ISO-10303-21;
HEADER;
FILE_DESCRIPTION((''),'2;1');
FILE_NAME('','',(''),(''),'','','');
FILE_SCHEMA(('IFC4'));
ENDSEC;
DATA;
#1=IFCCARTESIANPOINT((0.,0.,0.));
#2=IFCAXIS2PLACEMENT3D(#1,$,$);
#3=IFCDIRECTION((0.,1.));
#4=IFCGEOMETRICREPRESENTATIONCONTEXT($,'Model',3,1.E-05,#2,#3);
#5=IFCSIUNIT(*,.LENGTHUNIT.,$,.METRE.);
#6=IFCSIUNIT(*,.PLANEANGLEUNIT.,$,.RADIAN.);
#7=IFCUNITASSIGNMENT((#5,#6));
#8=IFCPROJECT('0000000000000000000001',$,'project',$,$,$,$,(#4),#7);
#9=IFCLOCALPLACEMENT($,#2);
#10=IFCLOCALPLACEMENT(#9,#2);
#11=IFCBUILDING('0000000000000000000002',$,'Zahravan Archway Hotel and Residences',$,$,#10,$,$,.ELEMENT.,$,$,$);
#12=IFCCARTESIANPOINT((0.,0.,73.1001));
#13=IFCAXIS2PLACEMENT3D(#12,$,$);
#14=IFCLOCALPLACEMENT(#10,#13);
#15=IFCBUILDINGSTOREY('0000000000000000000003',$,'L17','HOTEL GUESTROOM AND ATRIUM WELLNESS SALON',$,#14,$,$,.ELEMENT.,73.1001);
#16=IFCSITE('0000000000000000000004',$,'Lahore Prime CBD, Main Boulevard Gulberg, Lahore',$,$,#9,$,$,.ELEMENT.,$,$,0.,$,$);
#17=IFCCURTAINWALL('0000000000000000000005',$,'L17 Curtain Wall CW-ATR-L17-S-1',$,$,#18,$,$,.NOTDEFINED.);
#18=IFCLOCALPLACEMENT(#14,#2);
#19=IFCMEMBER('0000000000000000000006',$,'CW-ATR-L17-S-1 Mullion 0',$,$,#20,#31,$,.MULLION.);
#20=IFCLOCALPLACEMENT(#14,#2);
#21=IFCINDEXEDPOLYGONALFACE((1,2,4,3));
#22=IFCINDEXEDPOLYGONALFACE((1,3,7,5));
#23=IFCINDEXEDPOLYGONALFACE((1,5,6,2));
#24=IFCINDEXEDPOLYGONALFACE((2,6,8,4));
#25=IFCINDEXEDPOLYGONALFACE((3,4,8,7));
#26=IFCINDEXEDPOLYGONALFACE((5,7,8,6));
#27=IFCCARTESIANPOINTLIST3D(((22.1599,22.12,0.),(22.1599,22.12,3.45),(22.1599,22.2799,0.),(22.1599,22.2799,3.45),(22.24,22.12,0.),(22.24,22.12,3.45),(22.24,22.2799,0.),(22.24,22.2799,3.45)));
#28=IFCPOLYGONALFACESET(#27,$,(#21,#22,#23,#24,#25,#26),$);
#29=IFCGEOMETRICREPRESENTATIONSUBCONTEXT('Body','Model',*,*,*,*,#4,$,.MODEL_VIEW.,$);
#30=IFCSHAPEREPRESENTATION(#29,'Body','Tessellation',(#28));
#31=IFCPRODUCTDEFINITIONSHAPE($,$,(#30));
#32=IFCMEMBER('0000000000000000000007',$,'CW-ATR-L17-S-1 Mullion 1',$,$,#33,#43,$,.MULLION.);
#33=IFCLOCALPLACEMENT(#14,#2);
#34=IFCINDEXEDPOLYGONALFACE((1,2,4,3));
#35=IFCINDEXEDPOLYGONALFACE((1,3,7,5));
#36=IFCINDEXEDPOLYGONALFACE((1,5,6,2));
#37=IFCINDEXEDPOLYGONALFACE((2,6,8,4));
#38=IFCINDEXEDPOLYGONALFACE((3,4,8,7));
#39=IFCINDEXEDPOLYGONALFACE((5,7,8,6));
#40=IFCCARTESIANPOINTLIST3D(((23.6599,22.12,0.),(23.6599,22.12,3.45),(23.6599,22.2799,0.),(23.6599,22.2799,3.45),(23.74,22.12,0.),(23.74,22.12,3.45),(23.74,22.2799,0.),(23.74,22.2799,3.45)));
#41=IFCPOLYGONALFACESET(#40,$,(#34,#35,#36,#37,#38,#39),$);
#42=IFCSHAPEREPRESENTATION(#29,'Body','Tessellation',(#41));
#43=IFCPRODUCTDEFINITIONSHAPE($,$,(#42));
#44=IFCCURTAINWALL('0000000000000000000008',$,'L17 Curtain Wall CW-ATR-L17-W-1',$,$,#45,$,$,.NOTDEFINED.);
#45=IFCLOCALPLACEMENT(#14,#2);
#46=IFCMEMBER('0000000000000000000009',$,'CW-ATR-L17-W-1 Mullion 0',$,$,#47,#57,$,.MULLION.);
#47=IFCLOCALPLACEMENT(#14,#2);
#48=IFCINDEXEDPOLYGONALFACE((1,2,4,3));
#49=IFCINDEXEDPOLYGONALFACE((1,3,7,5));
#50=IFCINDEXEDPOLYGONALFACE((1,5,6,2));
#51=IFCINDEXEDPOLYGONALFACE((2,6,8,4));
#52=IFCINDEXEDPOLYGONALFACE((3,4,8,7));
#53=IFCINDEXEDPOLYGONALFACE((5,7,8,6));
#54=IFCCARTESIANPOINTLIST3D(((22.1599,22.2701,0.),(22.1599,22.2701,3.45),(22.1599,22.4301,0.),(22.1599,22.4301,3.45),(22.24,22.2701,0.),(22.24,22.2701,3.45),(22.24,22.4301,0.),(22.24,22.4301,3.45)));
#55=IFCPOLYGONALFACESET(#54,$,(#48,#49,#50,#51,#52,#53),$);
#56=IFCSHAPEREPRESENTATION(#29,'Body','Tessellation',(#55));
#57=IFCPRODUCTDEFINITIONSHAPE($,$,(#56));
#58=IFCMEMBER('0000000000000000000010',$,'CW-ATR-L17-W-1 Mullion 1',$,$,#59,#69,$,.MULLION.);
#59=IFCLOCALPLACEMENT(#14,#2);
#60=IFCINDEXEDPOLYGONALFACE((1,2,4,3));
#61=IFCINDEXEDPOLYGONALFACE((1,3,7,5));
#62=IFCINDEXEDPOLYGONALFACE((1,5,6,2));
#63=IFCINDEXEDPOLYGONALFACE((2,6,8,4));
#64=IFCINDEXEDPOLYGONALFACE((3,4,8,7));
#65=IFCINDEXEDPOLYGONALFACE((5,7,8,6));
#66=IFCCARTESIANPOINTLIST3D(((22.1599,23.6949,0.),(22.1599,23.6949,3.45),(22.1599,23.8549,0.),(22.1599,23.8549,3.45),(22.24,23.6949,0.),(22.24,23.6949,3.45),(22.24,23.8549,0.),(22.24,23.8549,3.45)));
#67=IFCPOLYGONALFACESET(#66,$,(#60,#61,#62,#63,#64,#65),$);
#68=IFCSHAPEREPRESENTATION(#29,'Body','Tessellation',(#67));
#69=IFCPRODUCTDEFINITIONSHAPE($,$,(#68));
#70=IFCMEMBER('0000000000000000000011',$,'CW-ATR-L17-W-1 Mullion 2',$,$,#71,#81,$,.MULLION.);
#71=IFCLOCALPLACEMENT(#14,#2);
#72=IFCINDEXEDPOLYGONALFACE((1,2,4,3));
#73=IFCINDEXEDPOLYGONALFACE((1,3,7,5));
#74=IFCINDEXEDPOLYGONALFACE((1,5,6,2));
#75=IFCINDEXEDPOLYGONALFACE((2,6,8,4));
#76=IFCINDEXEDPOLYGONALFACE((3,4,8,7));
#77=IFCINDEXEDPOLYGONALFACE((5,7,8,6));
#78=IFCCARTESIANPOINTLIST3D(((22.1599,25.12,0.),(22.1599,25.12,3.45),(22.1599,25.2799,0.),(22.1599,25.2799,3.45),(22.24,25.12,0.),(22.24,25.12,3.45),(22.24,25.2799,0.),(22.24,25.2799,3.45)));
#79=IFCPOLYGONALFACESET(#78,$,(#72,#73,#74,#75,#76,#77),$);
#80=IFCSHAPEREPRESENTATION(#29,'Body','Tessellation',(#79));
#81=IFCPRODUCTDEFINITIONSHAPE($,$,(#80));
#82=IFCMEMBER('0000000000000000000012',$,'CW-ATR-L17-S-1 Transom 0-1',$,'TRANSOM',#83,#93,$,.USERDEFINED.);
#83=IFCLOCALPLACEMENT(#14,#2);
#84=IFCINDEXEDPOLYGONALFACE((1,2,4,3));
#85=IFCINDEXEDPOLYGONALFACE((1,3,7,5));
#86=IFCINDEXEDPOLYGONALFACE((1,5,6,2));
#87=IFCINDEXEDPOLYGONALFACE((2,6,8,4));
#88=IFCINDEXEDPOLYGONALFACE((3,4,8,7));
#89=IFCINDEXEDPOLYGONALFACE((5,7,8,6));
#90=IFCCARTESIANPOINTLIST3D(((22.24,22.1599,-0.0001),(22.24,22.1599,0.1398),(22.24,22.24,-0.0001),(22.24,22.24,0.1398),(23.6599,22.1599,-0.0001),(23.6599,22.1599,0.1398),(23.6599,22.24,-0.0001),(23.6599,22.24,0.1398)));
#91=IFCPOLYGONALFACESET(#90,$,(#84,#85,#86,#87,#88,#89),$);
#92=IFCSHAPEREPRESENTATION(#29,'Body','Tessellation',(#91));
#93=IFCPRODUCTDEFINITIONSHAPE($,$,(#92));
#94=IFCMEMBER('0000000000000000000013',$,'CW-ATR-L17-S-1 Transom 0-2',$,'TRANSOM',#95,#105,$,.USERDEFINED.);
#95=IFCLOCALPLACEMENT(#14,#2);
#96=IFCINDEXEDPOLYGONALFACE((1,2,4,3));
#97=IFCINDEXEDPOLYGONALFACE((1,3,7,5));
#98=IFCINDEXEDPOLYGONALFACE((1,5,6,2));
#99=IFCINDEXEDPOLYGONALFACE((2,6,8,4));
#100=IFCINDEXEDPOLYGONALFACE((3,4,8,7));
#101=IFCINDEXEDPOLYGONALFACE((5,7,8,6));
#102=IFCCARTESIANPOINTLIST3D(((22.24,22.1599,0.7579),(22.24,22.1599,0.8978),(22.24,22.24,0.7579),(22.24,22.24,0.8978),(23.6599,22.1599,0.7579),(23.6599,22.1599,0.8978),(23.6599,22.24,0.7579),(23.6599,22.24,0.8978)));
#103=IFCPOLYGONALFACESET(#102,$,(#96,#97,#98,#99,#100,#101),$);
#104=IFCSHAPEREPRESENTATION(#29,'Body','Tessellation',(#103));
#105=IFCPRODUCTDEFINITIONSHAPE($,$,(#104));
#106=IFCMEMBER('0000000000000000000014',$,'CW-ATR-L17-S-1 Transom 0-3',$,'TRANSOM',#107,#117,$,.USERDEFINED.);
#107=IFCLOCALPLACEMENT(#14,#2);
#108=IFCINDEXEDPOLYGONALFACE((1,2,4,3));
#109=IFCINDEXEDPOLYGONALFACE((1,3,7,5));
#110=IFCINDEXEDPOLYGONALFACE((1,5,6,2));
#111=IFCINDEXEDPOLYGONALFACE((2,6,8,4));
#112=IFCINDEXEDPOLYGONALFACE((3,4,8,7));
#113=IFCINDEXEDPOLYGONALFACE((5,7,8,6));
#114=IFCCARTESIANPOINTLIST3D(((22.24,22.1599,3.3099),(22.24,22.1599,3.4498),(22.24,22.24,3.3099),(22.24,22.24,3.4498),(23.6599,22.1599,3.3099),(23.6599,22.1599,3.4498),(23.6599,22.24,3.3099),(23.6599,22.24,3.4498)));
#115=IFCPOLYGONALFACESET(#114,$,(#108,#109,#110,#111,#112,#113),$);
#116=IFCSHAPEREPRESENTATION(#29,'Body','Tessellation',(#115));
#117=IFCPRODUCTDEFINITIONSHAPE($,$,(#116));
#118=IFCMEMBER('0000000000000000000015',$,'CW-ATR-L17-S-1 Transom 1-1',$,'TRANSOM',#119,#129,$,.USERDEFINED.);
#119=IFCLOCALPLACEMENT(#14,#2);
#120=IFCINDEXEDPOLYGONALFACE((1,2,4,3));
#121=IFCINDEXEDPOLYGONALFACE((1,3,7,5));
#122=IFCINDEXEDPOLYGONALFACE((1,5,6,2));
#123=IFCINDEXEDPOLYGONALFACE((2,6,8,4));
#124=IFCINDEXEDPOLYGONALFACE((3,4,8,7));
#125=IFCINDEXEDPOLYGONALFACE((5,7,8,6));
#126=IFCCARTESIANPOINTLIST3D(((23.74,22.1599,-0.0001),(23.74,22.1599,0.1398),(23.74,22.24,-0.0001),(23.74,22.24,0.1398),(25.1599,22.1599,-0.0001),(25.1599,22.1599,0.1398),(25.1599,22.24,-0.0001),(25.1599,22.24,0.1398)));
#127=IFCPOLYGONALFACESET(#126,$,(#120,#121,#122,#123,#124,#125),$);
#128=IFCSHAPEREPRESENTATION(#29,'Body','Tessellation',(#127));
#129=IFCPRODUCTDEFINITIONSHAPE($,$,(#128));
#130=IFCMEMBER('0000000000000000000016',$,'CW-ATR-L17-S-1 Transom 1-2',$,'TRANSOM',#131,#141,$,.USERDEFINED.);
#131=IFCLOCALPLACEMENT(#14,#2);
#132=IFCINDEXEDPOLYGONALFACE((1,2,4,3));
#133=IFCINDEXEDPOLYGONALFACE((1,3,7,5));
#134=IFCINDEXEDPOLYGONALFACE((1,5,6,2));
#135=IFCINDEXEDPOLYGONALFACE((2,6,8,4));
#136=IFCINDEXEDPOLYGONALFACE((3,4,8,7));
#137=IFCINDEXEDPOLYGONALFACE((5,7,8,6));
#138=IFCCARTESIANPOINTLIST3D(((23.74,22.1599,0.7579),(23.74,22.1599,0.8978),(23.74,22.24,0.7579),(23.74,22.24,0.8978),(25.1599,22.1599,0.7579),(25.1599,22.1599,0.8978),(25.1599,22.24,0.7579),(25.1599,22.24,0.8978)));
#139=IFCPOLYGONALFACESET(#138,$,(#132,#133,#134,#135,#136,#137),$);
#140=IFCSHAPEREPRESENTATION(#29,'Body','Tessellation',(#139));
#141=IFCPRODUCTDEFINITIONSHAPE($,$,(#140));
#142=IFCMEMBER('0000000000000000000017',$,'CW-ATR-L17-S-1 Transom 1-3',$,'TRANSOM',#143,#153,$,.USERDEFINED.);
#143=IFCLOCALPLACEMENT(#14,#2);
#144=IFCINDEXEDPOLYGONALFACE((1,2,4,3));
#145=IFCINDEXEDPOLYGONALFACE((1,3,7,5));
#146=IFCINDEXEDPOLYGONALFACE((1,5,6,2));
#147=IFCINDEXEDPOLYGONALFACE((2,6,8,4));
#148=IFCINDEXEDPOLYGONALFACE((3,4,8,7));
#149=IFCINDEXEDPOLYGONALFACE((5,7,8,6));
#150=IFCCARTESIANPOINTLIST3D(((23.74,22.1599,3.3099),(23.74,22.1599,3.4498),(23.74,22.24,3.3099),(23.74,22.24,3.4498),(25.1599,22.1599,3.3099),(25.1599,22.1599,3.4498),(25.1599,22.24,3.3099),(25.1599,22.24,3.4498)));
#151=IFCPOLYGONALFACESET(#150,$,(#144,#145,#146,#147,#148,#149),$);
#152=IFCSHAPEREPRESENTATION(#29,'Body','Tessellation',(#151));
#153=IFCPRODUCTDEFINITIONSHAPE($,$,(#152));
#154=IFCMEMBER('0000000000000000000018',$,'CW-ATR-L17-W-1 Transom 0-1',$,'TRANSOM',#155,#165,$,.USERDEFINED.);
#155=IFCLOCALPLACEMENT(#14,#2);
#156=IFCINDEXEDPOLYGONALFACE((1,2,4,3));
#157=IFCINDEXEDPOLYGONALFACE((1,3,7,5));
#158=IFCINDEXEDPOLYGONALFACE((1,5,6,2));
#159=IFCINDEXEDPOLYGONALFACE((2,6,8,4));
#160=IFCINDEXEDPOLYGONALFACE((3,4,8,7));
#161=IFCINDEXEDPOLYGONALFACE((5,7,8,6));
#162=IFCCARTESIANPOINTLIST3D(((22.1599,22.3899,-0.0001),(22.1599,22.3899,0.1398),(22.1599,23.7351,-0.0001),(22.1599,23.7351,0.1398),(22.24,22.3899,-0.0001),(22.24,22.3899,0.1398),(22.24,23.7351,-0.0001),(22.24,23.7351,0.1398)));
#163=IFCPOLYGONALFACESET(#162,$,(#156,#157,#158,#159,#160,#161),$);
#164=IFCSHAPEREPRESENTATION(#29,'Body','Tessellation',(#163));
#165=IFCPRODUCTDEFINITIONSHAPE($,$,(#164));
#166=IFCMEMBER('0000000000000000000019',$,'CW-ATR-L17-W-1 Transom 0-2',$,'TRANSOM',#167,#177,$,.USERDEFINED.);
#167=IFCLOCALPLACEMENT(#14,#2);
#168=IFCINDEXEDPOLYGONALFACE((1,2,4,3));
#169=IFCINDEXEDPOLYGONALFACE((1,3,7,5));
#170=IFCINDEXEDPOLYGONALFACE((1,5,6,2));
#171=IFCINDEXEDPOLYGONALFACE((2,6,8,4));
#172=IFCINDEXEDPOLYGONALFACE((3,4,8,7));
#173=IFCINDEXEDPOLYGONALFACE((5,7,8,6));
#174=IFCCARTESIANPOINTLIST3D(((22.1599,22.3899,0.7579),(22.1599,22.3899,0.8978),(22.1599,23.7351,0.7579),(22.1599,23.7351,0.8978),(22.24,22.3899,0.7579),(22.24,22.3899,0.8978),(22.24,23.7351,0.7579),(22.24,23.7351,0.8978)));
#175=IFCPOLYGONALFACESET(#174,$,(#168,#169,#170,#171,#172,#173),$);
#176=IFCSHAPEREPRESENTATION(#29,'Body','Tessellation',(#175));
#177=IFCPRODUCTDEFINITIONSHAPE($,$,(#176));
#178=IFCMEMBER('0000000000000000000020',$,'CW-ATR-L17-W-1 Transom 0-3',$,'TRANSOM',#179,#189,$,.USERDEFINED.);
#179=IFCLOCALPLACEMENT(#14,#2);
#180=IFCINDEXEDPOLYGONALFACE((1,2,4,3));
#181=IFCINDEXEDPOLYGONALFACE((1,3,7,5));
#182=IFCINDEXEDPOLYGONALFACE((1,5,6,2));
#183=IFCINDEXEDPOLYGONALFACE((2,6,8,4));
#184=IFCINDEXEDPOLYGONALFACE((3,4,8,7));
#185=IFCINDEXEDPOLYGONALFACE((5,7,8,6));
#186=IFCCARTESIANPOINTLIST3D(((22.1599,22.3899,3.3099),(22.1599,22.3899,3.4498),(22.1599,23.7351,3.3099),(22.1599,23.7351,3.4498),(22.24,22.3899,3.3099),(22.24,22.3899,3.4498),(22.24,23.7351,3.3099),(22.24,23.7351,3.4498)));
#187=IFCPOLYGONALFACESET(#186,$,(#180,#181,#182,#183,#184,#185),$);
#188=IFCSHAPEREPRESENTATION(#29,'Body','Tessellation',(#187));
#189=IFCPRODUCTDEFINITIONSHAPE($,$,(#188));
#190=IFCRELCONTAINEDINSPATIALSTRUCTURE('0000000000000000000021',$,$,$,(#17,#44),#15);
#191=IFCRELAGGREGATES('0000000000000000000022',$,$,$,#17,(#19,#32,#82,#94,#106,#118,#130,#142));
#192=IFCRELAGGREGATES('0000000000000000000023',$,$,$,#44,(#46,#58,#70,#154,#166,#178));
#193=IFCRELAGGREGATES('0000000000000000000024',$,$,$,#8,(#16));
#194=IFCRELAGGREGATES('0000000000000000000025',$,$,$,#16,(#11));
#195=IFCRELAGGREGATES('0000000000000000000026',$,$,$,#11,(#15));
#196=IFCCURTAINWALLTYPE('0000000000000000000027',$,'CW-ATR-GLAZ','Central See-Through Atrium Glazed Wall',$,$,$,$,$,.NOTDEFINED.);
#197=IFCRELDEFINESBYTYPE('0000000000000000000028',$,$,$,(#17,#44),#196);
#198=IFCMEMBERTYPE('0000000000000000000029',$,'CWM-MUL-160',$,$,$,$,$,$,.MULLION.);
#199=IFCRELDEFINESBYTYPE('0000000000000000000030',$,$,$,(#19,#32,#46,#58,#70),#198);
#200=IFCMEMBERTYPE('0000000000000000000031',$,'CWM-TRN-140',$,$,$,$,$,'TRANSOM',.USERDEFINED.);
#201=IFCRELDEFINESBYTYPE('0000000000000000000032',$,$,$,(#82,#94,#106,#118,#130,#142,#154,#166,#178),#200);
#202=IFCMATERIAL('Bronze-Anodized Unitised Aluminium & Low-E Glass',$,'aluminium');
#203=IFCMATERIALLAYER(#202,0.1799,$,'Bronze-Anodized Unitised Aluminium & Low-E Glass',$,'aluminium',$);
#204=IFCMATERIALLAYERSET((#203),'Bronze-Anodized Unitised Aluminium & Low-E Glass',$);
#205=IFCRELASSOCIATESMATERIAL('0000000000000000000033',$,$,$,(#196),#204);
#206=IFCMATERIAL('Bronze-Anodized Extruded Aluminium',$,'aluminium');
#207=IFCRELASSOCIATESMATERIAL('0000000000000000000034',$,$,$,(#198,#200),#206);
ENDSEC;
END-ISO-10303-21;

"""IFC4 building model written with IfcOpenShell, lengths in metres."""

from ifc_helpers import new_model, si_unit, direction, frame, origin, origin_2d, place, context, subcontext, project, spatial, rectangle, extrude, source, transform, mapped, material, layer, layer_set, material_profile, profile_set, type_object, element, aggregate, save


model = new_model("IFC4")

# Units and contexts
model_context = context("Model", 3, precision=1e-05, world=origin(), true_north=direction((0.0, 1.0)))
body_context = subcontext(model_context, "Body", "Model", "MODEL_VIEW")
ifc_project = project(units=[si_unit("LENGTHUNIT", "METRE"), si_unit("PLANEANGLEUNIT", "RADIAN")], contexts=[model_context])

# Site, building, storey
site_placement = place(None, origin())
site = spatial("IfcSite", under=ifc_project, at=site_placement, Name="Lahore Prime CBD, Main Boulevard Gulberg, Lahore", CompositionType="ELEMENT", RefElevation=0.0)
building_placement = place(site_placement, origin())
building = spatial("IfcBuilding", under=site, at=building_placement, Name="Zahravan Archway Hotel and Residences", CompositionType="ELEMENT")
storey_placement = place(building_placement, frame((0.0, 0.0, 73.1001)))
storey = spatial("IfcBuildingStorey", under=building, at=storey_placement, Name="L17", Description="HOTEL GUESTROOM AND ATRIUM WELLNESS SALON", CompositionType="ELEMENT", Elevation=73.1001)

# Curtain walls, members
ifc_material_1 = material(Name="Bronze-Anodized Unitised Aluminium & Low-E Glass", Category="aluminium")
ifc_layer_1 = layer(ifc_material_1, 0.1799, Name="Bronze-Anodized Unitised Aluminium & Low-E Glass", Category="aluminium")
ifc_layer_set_1 = layer_set([ifc_layer_1], Name="Bronze-Anodized Unitised Aluminium & Low-E Glass")
curtain_wall_type = type_object("IfcCurtainWallType", Name="CW-ATR-GLAZ", Description="Central See-Through Atrium Glazed Wall", PredefinedType="NOTDEFINED", material=ifc_layer_set_1)
curtain_wall_1_placement = place(storey_placement, origin())
curtain_wall_1 = element("IfcCurtainWall", 1, at=curtain_wall_1_placement, inside=storey, type_object=curtain_wall_type, Name="L17 Curtain Wall CW-ATR-L17-S-1", PredefinedType="NOTDEFINED")
ifc_material_2 = material(Name="Bronze-Anodized Extruded Aluminium", Category="aluminium")
ifc_material_profile_1 = material_profile(ifc_material_2, rectangle(XDim=0.0801, YDim=0.1599, at=origin_2d()), Name="MUL 80x160", Category="aluminium")
ifc_profile_set_1 = profile_set([ifc_material_profile_1], Name="Bronze-Anodized Extruded Aluminium")
member_type_1 = type_object("IfcMemberType", Name="CWM-MUL-160", PredefinedType="MULLION", material=ifc_profile_set_1)
shared_shape_1 = source(origin(), body_context, "Body", "SweptSolid", [
    extrude(rectangle(XDim=0.0801, YDim=0.1599, at=origin_2d()), origin(), (0.0, 0.0, 1.0), 3.45),
])
member_1_placement = place(storey_placement, frame((22.2, 22.2, 0.0), z_axis=(0.0, 0.0, 1.0), x_axis=(1.0, 0.0, 0.0)))
member_1 = element("IfcMember", 2, at=member_1_placement, type_object=member_type_1, Name="CW-ATR-L17-S-1 Mullion 0", PredefinedType="MULLION", context=body_context, shape_type="MappedRepresentation", body=[
    mapped(shared_shape_1, transform((0.0, 0.0, 0.0), scale=1.0)),
])
member_2_placement = place(storey_placement, frame((23.7, 22.2, 0.0), z_axis=(0.0, 0.0, 1.0), x_axis=(1.0, 0.0, 0.0)))
member_2 = element("IfcMember", 3, at=member_2_placement, type_object=member_type_1, Name="CW-ATR-L17-S-1 Mullion 1", PredefinedType="MULLION", context=body_context, shape_type="MappedRepresentation", body=[
    mapped(shared_shape_1, transform((0.0, 0.0, 0.0), scale=1.0)),
])
curtain_wall_2_placement = place(storey_placement, origin())
curtain_wall_2 = element("IfcCurtainWall", 4, at=curtain_wall_2_placement, inside=storey, type_object=curtain_wall_type, Name="L17 Curtain Wall CW-ATR-L17-W-1", PredefinedType="NOTDEFINED")
member_3_placement = place(storey_placement, frame((22.2, 22.3501, 0.0), z_axis=(0.0, 0.0, 1.0), x_axis=(1.0, 0.0, 0.0)))
member_3 = element("IfcMember", 5, at=member_3_placement, type_object=member_type_1, Name="CW-ATR-L17-W-1 Mullion 0", PredefinedType="MULLION", context=body_context, shape_type="MappedRepresentation", body=[
    mapped(shared_shape_1, transform((0.0, 0.0, 0.0), scale=1.0)),
])
member_4_placement = place(storey_placement, frame((22.2, 23.7749, 0.0), z_axis=(0.0, 0.0, 1.0), x_axis=(1.0, 0.0, 0.0)))
member_4 = element("IfcMember", 6, at=member_4_placement, type_object=member_type_1, Name="CW-ATR-L17-W-1 Mullion 1", PredefinedType="MULLION", context=body_context, shape_type="MappedRepresentation", body=[
    mapped(shared_shape_1, transform((0.0, 0.0, 0.0), scale=1.0)),
])
member_5_placement = place(storey_placement, frame((22.2, 25.2, 0.0), z_axis=(0.0, 0.0, 1.0), x_axis=(1.0, 0.0, 0.0)))
member_5 = element("IfcMember", 7, at=member_5_placement, type_object=member_type_1, Name="CW-ATR-L17-W-1 Mullion 2", PredefinedType="MULLION", context=body_context, shape_type="MappedRepresentation", body=[
    mapped(shared_shape_1, transform((0.0, 0.0, 0.0), scale=1.0)),
])

# Members
ifc_material_profile_2 = material_profile(ifc_material_2, rectangle(XDim=0.0801, YDim=0.1399, at=origin_2d()), Name="TRN 80x140", Category="aluminium")
ifc_profile_set_2 = profile_set([ifc_material_profile_2], Name="Bronze-Anodized Extruded Aluminium")
member_type_2 = type_object("IfcMemberType", Name="CWM-TRN-140", ElementType="TRANSOM", PredefinedType="USERDEFINED", material=ifc_profile_set_2)
shared_shape_2 = source(origin(), body_context, "Body", "SweptSolid", [
    extrude(rectangle(XDim=0.0801, YDim=0.1399, at=origin_2d()), origin(), (0.0, 0.0, 1.0), 1.4199),
])
member_6_placement = place(storey_placement, frame((22.24, 22.2, 0.0698), z_axis=(1.0, 0.0, 0.0), x_axis=(0.0, 1.0, 0.0)))
member_6 = element("IfcMember", 8, at=member_6_placement, type_object=member_type_2, Name="CW-ATR-L17-S-1 Transom 0-1", ObjectType="TRANSOM", PredefinedType="USERDEFINED", context=body_context, shape_type="MappedRepresentation", body=[
    mapped(shared_shape_2, transform((0.0, 0.0, 0.0), scale=1.0)),
])
member_7_placement = place(storey_placement, frame((22.24, 22.2, 0.8279), z_axis=(1.0, 0.0, 0.0), x_axis=(0.0, 1.0, 0.0)))
member_7 = element("IfcMember", 9, at=member_7_placement, type_object=member_type_2, Name="CW-ATR-L17-S-1 Transom 0-2", ObjectType="TRANSOM", PredefinedType="USERDEFINED", context=body_context, shape_type="MappedRepresentation", body=[
    mapped(shared_shape_2, transform((0.0, 0.0, 0.0), scale=1.0)),
])
member_8_placement = place(storey_placement, frame((22.24, 22.2, 3.3799), z_axis=(1.0, 0.0, 0.0), x_axis=(0.0, 1.0, 0.0)))
member_8 = element("IfcMember", 10, at=member_8_placement, type_object=member_type_2, Name="CW-ATR-L17-S-1 Transom 0-3", ObjectType="TRANSOM", PredefinedType="USERDEFINED", context=body_context, shape_type="MappedRepresentation", body=[
    mapped(shared_shape_2, transform((0.0, 0.0, 0.0), scale=1.0)),
])
member_9_placement = place(storey_placement, frame((23.74, 22.2, 0.0698), z_axis=(1.0, 0.0, 0.0), x_axis=(0.0, 1.0, 0.0)))
member_9 = element("IfcMember", 11, at=member_9_placement, type_object=member_type_2, Name="CW-ATR-L17-S-1 Transom 1-1", ObjectType="TRANSOM", PredefinedType="USERDEFINED", context=body_context, shape_type="MappedRepresentation", body=[
    mapped(shared_shape_2, transform((0.0, 0.0, 0.0), scale=1.0)),
])
member_10_placement = place(storey_placement, frame((23.74, 22.2, 0.8279), z_axis=(1.0, 0.0, 0.0), x_axis=(0.0, 1.0, 0.0)))
member_10 = element("IfcMember", 12, at=member_10_placement, type_object=member_type_2, Name="CW-ATR-L17-S-1 Transom 1-2", ObjectType="TRANSOM", PredefinedType="USERDEFINED", context=body_context, shape_type="MappedRepresentation", body=[
    mapped(shared_shape_2, transform((0.0, 0.0, 0.0), scale=1.0)),
])
member_11_placement = place(storey_placement, frame((23.74, 22.2, 3.3799), z_axis=(1.0, 0.0, 0.0), x_axis=(0.0, 1.0, 0.0)))
member_11 = element("IfcMember", 13, at=member_11_placement, type_object=member_type_2, Name="CW-ATR-L17-S-1 Transom 1-3", ObjectType="TRANSOM", PredefinedType="USERDEFINED", context=body_context, shape_type="MappedRepresentation", body=[
    mapped(shared_shape_2, transform((0.0, 0.0, 0.0), scale=1.0)),
])
shared_shape_3 = source(origin(), body_context, "Body", "SweptSolid", [
    extrude(rectangle(XDim=0.0801, YDim=0.1399, at=origin_2d()), origin(), (0.0, 0.0, 1.0), 1.3452),
])
member_12_placement = place(storey_placement, frame((22.2, 22.3899, 0.0698), z_axis=(0.0, 1.0, 0.0), x_axis=(-1.0, 0.0, 0.0)))
member_12 = element("IfcMember", 14, at=member_12_placement, type_object=member_type_2, Name="CW-ATR-L17-W-1 Transom 0-1", ObjectType="TRANSOM", PredefinedType="USERDEFINED", context=body_context, shape_type="MappedRepresentation", body=[
    mapped(shared_shape_3, transform((0.0, 0.0, 0.0), scale=1.0)),
])
member_13_placement = place(storey_placement, frame((22.2, 22.3899, 0.8279), z_axis=(0.0, 1.0, 0.0), x_axis=(-1.0, 0.0, 0.0)))
member_13 = element("IfcMember", 15, at=member_13_placement, type_object=member_type_2, Name="CW-ATR-L17-W-1 Transom 0-2", ObjectType="TRANSOM", PredefinedType="USERDEFINED", context=body_context, shape_type="MappedRepresentation", body=[
    mapped(shared_shape_3, transform((0.0, 0.0, 0.0), scale=1.0)),
])
member_14_placement = place(storey_placement, frame((22.2, 22.3899, 3.3799), z_axis=(0.0, 1.0, 0.0), x_axis=(-1.0, 0.0, 0.0)))
member_14 = element("IfcMember", 16, at=member_14_placement, type_object=member_type_2, Name="CW-ATR-L17-W-1 Transom 0-3", ObjectType="TRANSOM", PredefinedType="USERDEFINED", context=body_context, shape_type="MappedRepresentation", body=[
    mapped(shared_shape_3, transform((0.0, 0.0, 0.0), scale=1.0)),
])

aggregate(curtain_wall_1, [member_1, member_2, member_6, member_7, member_8, member_9, member_10, member_11])
aggregate(curtain_wall_2, [member_3, member_4, member_5, member_12, member_13, member_14])

save(model, "model.ifc")
